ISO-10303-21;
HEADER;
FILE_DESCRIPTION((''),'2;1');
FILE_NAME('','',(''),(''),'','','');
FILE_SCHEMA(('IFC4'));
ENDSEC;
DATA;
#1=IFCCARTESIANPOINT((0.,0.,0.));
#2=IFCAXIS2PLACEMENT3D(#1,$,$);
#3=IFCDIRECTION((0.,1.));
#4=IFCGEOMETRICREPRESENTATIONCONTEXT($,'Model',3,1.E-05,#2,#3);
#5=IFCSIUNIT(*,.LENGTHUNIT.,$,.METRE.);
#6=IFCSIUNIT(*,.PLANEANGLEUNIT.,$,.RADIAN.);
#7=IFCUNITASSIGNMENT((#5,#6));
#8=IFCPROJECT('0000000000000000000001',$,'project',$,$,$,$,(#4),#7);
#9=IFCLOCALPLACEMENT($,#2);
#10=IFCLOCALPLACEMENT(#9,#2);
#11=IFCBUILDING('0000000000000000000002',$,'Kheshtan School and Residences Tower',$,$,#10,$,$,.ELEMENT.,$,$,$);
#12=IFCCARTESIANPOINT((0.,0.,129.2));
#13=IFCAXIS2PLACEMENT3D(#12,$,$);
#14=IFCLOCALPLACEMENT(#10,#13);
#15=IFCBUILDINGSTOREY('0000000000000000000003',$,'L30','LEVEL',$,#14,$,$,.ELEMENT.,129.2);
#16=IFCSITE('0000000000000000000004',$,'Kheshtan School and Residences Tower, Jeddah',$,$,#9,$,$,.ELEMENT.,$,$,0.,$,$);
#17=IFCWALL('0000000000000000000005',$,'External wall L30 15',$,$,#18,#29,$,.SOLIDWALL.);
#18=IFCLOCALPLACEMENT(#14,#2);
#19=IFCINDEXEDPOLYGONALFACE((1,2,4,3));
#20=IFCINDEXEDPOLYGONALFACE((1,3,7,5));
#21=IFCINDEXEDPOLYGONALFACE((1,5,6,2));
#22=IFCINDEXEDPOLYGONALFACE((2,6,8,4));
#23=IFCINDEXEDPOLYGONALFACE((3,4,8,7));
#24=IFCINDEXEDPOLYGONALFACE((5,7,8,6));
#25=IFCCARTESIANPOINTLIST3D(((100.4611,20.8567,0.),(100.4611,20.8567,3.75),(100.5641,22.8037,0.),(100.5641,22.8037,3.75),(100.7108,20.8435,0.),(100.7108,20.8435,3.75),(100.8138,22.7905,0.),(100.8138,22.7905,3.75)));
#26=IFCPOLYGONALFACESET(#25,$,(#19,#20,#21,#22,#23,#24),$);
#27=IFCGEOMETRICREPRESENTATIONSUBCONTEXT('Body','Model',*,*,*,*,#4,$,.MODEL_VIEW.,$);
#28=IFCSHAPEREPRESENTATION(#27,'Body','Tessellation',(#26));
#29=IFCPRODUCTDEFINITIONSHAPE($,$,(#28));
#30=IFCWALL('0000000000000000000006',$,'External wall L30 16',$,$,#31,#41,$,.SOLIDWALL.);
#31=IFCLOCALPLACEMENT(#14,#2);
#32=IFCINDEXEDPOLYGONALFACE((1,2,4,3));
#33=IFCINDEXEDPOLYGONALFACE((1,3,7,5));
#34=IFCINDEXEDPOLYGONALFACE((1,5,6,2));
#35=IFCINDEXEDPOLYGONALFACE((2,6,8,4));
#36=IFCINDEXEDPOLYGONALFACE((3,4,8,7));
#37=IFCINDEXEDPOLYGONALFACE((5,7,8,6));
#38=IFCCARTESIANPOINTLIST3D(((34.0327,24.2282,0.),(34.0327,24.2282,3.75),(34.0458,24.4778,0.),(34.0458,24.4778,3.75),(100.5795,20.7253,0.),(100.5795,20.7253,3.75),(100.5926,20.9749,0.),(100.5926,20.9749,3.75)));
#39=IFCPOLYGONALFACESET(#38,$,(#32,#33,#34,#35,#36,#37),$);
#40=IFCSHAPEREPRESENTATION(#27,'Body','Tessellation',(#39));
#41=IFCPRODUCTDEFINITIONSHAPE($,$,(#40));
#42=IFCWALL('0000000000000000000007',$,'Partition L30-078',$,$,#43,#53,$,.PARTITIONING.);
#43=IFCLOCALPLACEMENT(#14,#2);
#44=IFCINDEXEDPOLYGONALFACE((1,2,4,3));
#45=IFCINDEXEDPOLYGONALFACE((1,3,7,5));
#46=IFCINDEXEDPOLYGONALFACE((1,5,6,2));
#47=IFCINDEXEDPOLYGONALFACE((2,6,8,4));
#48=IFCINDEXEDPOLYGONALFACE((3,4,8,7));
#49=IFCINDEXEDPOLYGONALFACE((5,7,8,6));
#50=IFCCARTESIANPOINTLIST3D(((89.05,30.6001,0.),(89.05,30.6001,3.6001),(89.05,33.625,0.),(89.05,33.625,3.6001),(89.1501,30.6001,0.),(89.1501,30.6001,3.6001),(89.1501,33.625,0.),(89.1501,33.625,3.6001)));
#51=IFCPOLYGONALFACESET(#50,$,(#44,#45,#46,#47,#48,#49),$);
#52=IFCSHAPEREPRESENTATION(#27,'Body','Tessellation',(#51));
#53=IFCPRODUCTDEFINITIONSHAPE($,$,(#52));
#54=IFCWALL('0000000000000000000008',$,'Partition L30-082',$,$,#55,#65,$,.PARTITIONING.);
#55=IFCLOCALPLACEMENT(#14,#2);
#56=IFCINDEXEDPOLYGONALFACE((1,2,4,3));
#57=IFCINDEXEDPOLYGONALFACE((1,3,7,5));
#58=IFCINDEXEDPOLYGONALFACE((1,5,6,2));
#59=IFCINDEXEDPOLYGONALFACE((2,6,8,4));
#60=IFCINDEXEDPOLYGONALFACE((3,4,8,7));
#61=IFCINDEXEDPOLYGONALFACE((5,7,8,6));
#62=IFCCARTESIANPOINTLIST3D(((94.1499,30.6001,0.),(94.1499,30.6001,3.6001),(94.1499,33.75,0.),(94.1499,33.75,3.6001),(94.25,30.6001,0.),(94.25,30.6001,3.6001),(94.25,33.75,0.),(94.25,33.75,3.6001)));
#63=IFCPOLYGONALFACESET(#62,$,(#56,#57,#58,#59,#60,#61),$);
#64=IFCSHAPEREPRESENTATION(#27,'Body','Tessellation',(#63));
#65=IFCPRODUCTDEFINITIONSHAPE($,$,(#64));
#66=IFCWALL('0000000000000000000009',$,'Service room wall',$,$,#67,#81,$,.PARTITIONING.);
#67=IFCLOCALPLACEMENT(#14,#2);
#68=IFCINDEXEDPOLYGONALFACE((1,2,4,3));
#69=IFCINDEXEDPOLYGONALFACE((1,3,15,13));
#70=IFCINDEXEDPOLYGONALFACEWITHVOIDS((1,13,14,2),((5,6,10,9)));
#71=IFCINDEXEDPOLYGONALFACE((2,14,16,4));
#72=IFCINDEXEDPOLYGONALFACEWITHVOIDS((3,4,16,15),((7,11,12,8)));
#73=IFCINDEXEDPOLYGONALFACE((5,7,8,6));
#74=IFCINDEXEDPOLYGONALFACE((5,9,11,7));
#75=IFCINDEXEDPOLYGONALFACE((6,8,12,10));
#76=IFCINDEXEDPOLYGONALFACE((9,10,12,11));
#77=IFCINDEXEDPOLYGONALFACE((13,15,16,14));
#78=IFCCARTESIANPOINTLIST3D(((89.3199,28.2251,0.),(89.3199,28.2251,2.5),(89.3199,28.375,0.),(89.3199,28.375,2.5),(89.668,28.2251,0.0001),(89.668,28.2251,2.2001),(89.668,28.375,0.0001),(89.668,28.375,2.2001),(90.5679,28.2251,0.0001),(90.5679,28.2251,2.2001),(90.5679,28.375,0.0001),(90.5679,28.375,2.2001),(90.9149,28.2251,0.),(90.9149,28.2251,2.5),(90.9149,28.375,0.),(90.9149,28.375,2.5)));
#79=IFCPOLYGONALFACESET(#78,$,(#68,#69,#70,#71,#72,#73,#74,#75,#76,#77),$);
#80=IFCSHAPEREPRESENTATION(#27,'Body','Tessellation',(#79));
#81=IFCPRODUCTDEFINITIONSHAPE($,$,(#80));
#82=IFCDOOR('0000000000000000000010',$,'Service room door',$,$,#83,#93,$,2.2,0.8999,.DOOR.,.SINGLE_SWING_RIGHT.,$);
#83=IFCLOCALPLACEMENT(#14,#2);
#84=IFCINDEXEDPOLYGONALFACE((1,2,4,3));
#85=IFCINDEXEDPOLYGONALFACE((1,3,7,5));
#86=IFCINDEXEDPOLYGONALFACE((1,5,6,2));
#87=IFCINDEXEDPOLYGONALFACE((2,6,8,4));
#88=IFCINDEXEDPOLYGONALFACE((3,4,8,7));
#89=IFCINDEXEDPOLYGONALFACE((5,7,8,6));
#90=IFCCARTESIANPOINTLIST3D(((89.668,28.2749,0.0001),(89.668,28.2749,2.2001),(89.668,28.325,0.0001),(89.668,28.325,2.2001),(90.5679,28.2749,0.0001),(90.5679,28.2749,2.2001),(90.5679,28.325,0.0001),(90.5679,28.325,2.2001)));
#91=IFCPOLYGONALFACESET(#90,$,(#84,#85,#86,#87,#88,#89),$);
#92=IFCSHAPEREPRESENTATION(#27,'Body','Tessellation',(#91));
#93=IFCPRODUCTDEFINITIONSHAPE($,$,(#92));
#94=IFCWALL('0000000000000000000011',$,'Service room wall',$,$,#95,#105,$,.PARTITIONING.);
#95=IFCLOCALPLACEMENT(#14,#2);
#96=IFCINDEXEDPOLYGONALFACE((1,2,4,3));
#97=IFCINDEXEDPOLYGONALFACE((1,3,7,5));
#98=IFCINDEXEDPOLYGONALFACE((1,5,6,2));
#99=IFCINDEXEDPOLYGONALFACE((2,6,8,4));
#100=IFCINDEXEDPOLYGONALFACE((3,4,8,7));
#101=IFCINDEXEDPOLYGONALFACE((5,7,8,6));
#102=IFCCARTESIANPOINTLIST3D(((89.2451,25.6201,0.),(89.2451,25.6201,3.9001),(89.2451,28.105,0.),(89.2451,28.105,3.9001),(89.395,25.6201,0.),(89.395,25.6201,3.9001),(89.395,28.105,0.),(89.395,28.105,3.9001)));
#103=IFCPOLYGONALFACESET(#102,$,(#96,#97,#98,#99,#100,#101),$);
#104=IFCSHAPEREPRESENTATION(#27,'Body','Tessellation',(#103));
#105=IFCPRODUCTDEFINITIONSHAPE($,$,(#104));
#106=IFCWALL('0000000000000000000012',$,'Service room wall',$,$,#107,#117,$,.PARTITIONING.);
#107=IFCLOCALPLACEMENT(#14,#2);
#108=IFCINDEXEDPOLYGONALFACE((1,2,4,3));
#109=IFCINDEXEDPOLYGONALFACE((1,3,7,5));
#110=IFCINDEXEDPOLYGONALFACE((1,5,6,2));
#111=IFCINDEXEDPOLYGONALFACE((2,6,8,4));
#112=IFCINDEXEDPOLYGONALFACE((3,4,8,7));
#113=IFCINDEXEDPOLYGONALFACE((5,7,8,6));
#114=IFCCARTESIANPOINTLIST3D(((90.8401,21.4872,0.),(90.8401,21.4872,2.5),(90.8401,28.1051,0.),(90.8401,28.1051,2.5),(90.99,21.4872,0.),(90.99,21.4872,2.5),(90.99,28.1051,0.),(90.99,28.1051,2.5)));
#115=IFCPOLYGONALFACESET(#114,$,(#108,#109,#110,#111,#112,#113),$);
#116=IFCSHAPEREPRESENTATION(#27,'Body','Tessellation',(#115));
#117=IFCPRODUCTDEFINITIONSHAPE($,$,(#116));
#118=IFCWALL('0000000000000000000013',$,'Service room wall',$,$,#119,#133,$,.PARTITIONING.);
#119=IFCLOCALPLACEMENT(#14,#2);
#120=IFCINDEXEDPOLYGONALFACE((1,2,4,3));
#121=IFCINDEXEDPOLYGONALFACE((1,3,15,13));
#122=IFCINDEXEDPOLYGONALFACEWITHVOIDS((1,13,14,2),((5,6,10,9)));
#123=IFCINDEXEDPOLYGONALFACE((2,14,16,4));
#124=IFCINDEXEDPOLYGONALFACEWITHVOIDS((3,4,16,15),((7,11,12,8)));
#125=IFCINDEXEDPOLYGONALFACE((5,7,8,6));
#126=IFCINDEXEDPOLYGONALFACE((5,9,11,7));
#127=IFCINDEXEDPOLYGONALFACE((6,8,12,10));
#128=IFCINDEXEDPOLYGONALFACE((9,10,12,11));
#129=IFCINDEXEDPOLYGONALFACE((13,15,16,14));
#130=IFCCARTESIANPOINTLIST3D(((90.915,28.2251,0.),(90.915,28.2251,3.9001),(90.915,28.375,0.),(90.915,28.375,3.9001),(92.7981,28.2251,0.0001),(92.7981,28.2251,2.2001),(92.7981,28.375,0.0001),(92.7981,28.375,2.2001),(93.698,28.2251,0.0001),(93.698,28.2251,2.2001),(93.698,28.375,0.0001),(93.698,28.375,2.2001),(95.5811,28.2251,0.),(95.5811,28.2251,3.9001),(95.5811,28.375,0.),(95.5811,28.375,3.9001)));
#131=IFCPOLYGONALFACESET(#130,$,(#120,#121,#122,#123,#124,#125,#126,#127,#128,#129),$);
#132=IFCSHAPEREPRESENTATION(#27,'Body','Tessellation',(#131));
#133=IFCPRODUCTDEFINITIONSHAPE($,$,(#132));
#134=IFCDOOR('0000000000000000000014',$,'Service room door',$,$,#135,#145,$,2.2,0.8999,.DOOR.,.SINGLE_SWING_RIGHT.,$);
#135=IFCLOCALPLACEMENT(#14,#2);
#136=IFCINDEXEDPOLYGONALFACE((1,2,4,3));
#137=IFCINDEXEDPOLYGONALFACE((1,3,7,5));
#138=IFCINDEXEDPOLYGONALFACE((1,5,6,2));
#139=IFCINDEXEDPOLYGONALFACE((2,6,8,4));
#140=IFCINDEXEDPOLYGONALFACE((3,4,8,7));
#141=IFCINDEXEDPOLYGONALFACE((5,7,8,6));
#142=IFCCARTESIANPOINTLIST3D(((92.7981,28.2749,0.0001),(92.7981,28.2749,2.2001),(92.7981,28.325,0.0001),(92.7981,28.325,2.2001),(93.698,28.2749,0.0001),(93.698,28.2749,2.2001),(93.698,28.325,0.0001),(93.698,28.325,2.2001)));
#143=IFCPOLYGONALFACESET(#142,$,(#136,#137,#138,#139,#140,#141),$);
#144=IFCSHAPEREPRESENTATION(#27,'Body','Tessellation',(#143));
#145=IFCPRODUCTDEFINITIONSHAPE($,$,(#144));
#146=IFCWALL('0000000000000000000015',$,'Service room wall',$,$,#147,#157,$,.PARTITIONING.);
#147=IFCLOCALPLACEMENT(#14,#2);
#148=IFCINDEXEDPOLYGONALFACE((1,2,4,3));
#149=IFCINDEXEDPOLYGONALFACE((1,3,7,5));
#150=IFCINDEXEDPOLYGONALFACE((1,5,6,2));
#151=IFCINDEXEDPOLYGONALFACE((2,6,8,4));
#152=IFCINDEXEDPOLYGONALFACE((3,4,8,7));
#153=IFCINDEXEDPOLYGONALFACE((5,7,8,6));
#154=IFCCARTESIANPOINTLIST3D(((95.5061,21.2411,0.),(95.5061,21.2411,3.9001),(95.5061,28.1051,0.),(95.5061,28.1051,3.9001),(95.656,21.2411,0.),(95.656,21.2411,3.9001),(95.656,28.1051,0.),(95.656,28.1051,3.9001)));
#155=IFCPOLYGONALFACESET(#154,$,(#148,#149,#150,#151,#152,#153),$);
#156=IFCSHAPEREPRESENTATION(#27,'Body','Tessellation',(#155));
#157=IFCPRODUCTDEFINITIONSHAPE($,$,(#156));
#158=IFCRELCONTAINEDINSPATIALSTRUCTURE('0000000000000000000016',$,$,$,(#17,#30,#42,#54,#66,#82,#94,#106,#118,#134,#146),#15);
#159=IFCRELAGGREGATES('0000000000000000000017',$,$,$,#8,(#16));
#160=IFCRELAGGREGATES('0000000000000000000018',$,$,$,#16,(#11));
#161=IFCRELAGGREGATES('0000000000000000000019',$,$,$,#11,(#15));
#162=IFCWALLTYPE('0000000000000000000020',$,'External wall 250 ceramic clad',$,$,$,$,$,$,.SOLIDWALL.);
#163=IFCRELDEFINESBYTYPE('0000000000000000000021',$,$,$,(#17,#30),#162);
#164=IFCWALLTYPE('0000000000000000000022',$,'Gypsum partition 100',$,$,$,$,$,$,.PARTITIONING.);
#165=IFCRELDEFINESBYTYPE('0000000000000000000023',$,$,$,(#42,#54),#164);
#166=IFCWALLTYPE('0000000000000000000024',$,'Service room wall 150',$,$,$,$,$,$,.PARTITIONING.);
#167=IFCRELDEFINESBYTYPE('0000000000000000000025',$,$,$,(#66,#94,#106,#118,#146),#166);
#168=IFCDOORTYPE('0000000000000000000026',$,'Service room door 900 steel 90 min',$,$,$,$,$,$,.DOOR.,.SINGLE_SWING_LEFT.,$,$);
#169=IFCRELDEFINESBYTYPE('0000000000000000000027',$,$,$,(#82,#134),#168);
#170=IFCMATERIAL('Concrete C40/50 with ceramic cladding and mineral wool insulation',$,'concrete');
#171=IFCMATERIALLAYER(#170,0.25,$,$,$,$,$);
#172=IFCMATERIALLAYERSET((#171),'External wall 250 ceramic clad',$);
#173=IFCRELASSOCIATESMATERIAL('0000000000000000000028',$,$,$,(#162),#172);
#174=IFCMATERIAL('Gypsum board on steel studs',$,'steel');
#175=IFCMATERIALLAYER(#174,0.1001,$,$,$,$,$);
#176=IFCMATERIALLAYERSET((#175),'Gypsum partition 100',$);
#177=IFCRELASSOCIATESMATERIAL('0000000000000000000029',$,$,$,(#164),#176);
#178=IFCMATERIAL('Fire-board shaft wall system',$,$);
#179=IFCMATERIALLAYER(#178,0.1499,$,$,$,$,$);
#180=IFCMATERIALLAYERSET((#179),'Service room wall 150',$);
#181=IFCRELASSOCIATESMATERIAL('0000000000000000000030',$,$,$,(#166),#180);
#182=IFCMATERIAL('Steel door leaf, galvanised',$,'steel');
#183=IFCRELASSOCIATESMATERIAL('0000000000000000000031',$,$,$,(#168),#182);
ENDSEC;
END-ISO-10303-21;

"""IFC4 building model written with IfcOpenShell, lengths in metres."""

from ifc_helpers import new_model, si_unit, direction, frame, frame_2d, origin, place, context, subcontext, project, spatial, rectangle, extrude, source, transform, mapped, material, layer, layer_set, type_object, element, fill, save


model = new_model("IFC4")

# Units and contexts
model_context = context("Model", 3, precision=1e-05, world=origin(), true_north=direction((0.0, 1.0)))
body_context = subcontext(model_context, "Body", "Model", "MODEL_VIEW")
ifc_project = project(units=[si_unit("LENGTHUNIT", "METRE"), si_unit("PLANEANGLEUNIT", "RADIAN")], contexts=[model_context])

# Site, building, storey
site_placement = place(None, origin())
site = spatial("IfcSite", under=ifc_project, at=site_placement, Name="Kheshtan School and Residences Tower, Jeddah", CompositionType="ELEMENT", RefElevation=0.0)
building_placement = place(site_placement, origin())
building = spatial("IfcBuilding", under=site, at=building_placement, Name="Kheshtan School and Residences Tower", CompositionType="ELEMENT")
storey_placement = place(building_placement, frame((0.0, 0.0, 129.2)))
storey = spatial("IfcBuildingStorey", under=building, at=storey_placement, Name="L30", Description="LEVEL", CompositionType="ELEMENT", Elevation=129.2)

# Walls
ifc_material_1 = material(Name="Concrete C40/50 with ceramic cladding and mineral wool insulation", Category="concrete")
ifc_layer_1 = layer(ifc_material_1, 0.25)
ifc_layer_set_1 = layer_set([ifc_layer_1], Name="External wall 250 ceramic clad")
wall_type_1 = type_object("IfcWallType", Name="External wall 250 ceramic clad", PredefinedType="SOLIDWALL", material=ifc_layer_set_1)
wall_1_placement = place(storey_placement, frame((100.689, 22.7971, 0.0), z_axis=(0.0, 0.0, 1.0), x_axis=(-0.052841, -0.998603, 0.0)))
element("IfcWall", 1, at=wall_1_placement, inside=storey, type_object=wall_type_1, Name="External wall L30 15", PredefinedType="SOLIDWALL", context=body_context, shape_type="SweptSolid", body=[
    extrude(rectangle(XDim=1.9497, YDim=0.25, at=frame_2d((0.9749, 0.0))), origin(), (0.0, 0.0, 1.0), 3.75),
])
wall_2_placement = place(storey_placement, frame((100.5859, 20.8501, 0.0), z_axis=(0.0, 0.0, 1.0), x_axis=(-0.998617, 0.052566, 0.0)))
element("IfcWall", 2, at=wall_2_placement, inside=storey, type_object=wall_type_1, Name="External wall L30 16", PredefinedType="SOLIDWALL", context=body_context, shape_type="SweptSolid", body=[
    extrude(rectangle(XDim=66.6389, YDim=0.25, at=frame_2d((33.3193, 0.0))), origin(), (0.0, 0.0, 1.0), 3.75),
])
ifc_material_2 = material(Name="Gypsum board on steel studs", Category="steel")
ifc_layer_2 = layer(ifc_material_2, 0.1001)
ifc_layer_set_2 = layer_set([ifc_layer_2], Name="Gypsum partition 100")
wall_type_2 = type_object("IfcWallType", Name="Gypsum partition 100", PredefinedType="PARTITIONING", material=ifc_layer_set_2)
wall_3_placement = place(storey_placement, frame((89.1001, 30.6001, 0.0), z_axis=(0.0, 0.0, 1.0), x_axis=(0.0, 1.0, 0.0)))
element("IfcWall", 3, at=wall_3_placement, inside=storey, type_object=wall_type_2, Name="Partition L30-078", PredefinedType="PARTITIONING", context=body_context, shape_type="SweptSolid", body=[
    extrude(rectangle(XDim=3.0249, YDim=0.1001, at=frame_2d((1.5125, 0.0))), origin(), (0.0, 0.0, 1.0), 3.6001),
])
wall_4_placement = place(storey_placement, frame((94.2, 30.6001, 0.0), z_axis=(0.0, 0.0, 1.0), x_axis=(0.0, 1.0, 0.0)))
element("IfcWall", 4, at=wall_4_placement, inside=storey, type_object=wall_type_2, Name="Partition L30-082", PredefinedType="PARTITIONING", context=body_context, shape_type="SweptSolid", body=[
    extrude(rectangle(XDim=3.1499, YDim=0.1001, at=frame_2d((1.575, 0.0))), origin(), (0.0, 0.0, 1.0), 3.6001),
])

# Wall, opening, door
ifc_material_3 = material(Name="Fire-board shaft wall system")
ifc_layer_3 = layer(ifc_material_3, 0.1499)
ifc_layer_set_3 = layer_set([ifc_layer_3], Name="Service room wall 150")
wall_type_3 = type_object("IfcWallType", Name="Service room wall 150", PredefinedType="PARTITIONING", material=ifc_layer_set_3)
wall_5_placement = place(storey_placement, frame((89.3201, 28.3, 0.0), z_axis=(0.0, 0.0, 1.0), x_axis=(1.0, 0.0, 0.0)))
wall_5 = element("IfcWall", 5, at=wall_5_placement, inside=storey, type_object=wall_type_3, Name="Service room wall", PredefinedType="PARTITIONING", context=body_context, shape_type="SweptSolid", body=[
    extrude(rectangle(XDim=1.595, YDim=0.1499, at=frame_2d((0.7974, 0.0))), origin(), (0.0, 0.0, 1.0), 2.5),
])
opening_1_placement = place(wall_5_placement, frame((0.3479, 0.0, 0.0)))
opening_1 = element("IfcOpeningElement", 6, at=opening_1_placement, cuts=wall_5, PredefinedType="OPENING", context=body_context, shape_type="SweptSolid", body=[
    extrude(rectangle(XDim=0.8999, YDim=2.2, at=frame_2d((0.45, 1.1001))), frame((0.0, 0.085, 0.0), z_axis=(0.0, -1.0, 0.0), x_axis=(1.0, 0.0, 0.0)), (0.0, 0.0, 1.0), 0.1699),
])
ifc_material_4 = material(Name="Steel door leaf, galvanised", Category="steel")
door_type = type_object("IfcDoorType", Name="Service room door 900 steel 90 min", OperationType="SINGLE_SWING_LEFT", PredefinedType="DOOR", material=ifc_material_4)
shared_shape = source(origin(), body_context, "Body", "SweptSolid", [
    extrude(rectangle(XDim=0.8999, YDim=2.2, at=frame_2d((0.45, 1.1001))), frame((0.0, 0.0249, 0.0), z_axis=(0.0, -1.0, 0.0), x_axis=(1.0, 0.0, 0.0)), (0.0, 0.0, 1.0), 0.05),
])
door_1_placement = place(opening_1_placement, origin())
door_1 = element("IfcDoor", 7, at=door_1_placement, inside=storey, type_object=door_type, Name="Service room door", OperationType="SINGLE_SWING_RIGHT", OverallHeight=2.2, OverallWidth=0.8999, PredefinedType="DOOR", context=body_context, shape_type="MappedRepresentation", body=[
    mapped(shared_shape, transform((0.0, 0.0, 0.0), x_axis=(1.0, 0.0, 0.0), y_axis=(0.0, 1.0, 0.0), z_axis=(0.0, 0.0, 1.0), scale=1.0)),
])
fill(opening_1, door_1)

# Walls
wall_6_placement = place(storey_placement, frame((89.3201, 25.6201, 0.0), z_axis=(0.0, 0.0, 1.0), x_axis=(0.0, 1.0, 0.0)))
element("IfcWall", 8, at=wall_6_placement, inside=storey, type_object=wall_type_3, Name="Service room wall", PredefinedType="PARTITIONING", context=body_context, shape_type="SweptSolid", body=[
    extrude(rectangle(XDim=2.4849, YDim=0.1499, at=frame_2d((1.2424, 0.0))), origin(), (0.0, 0.0, 1.0), 3.9001),
])
wall_7_placement = place(storey_placement, frame((90.915, 21.4871, 0.0), z_axis=(0.0, 0.0, 1.0), x_axis=(0.0, 1.0, 0.0)))
element("IfcWall", 9, at=wall_7_placement, inside=storey, type_object=wall_type_3, Name="Service room wall", PredefinedType="PARTITIONING", context=body_context, shape_type="SweptSolid", body=[
    extrude(rectangle(XDim=6.6179, YDim=0.1499, at=frame_2d((3.3091, 0.0))), origin(), (0.0, 0.0, 1.0), 2.5),
])

# Wall, opening, door
wall_8_placement = place(storey_placement, frame((90.915, 28.3, 0.0), z_axis=(0.0, 0.0, 1.0), x_axis=(1.0, 0.0, 0.0)))
wall_8 = element("IfcWall", 10, at=wall_8_placement, inside=storey, type_object=wall_type_3, Name="Service room wall", PredefinedType="PARTITIONING", context=body_context, shape_type="SweptSolid", body=[
    extrude(rectangle(XDim=4.666, YDim=0.1499, at=frame_2d((2.333, 0.0))), origin(), (0.0, 0.0, 1.0), 3.9001),
])
opening_2_placement = place(wall_8_placement, frame((1.8831, 0.0, 0.0)))
opening_2 = element("IfcOpeningElement", 11, at=opening_2_placement, cuts=wall_8, PredefinedType="OPENING", context=body_context, shape_type="SweptSolid", body=[
    extrude(rectangle(XDim=0.8999, YDim=2.2, at=frame_2d((0.45, 1.1001))), frame((0.0, 0.085, 0.0), z_axis=(0.0, -1.0, 0.0), x_axis=(1.0, 0.0, 0.0)), (0.0, 0.0, 1.0), 0.1699),
])
door_2_placement = place(opening_2_placement, origin())
door_2 = element("IfcDoor", 12, at=door_2_placement, inside=storey, type_object=door_type, Name="Service room door", OperationType="SINGLE_SWING_RIGHT", OverallHeight=2.2, OverallWidth=0.8999, PredefinedType="DOOR", context=body_context, shape_type="MappedRepresentation", body=[
    mapped(shared_shape, transform((0.0, 0.0, 0.0), x_axis=(1.0, 0.0, 0.0), y_axis=(0.0, 1.0, 0.0), z_axis=(0.0, 0.0, 1.0), scale=1.0)),
])
fill(opening_2, door_2)

# Wall
wall_9_placement = place(storey_placement, frame((95.5811, 21.241, 0.0), z_axis=(0.0, 0.0, 1.0), x_axis=(0.0, 1.0, 0.0)))
element("IfcWall", 13, at=wall_9_placement, inside=storey, type_object=wall_type_3, Name="Service room wall", PredefinedType="PARTITIONING", context=body_context, shape_type="SweptSolid", body=[
    extrude(rectangle(XDim=6.864, YDim=0.1499, at=frame_2d((3.4321, 0.0))), origin(), (0.0, 0.0, 1.0), 3.9001),
])

save(model, "model.ifc")
